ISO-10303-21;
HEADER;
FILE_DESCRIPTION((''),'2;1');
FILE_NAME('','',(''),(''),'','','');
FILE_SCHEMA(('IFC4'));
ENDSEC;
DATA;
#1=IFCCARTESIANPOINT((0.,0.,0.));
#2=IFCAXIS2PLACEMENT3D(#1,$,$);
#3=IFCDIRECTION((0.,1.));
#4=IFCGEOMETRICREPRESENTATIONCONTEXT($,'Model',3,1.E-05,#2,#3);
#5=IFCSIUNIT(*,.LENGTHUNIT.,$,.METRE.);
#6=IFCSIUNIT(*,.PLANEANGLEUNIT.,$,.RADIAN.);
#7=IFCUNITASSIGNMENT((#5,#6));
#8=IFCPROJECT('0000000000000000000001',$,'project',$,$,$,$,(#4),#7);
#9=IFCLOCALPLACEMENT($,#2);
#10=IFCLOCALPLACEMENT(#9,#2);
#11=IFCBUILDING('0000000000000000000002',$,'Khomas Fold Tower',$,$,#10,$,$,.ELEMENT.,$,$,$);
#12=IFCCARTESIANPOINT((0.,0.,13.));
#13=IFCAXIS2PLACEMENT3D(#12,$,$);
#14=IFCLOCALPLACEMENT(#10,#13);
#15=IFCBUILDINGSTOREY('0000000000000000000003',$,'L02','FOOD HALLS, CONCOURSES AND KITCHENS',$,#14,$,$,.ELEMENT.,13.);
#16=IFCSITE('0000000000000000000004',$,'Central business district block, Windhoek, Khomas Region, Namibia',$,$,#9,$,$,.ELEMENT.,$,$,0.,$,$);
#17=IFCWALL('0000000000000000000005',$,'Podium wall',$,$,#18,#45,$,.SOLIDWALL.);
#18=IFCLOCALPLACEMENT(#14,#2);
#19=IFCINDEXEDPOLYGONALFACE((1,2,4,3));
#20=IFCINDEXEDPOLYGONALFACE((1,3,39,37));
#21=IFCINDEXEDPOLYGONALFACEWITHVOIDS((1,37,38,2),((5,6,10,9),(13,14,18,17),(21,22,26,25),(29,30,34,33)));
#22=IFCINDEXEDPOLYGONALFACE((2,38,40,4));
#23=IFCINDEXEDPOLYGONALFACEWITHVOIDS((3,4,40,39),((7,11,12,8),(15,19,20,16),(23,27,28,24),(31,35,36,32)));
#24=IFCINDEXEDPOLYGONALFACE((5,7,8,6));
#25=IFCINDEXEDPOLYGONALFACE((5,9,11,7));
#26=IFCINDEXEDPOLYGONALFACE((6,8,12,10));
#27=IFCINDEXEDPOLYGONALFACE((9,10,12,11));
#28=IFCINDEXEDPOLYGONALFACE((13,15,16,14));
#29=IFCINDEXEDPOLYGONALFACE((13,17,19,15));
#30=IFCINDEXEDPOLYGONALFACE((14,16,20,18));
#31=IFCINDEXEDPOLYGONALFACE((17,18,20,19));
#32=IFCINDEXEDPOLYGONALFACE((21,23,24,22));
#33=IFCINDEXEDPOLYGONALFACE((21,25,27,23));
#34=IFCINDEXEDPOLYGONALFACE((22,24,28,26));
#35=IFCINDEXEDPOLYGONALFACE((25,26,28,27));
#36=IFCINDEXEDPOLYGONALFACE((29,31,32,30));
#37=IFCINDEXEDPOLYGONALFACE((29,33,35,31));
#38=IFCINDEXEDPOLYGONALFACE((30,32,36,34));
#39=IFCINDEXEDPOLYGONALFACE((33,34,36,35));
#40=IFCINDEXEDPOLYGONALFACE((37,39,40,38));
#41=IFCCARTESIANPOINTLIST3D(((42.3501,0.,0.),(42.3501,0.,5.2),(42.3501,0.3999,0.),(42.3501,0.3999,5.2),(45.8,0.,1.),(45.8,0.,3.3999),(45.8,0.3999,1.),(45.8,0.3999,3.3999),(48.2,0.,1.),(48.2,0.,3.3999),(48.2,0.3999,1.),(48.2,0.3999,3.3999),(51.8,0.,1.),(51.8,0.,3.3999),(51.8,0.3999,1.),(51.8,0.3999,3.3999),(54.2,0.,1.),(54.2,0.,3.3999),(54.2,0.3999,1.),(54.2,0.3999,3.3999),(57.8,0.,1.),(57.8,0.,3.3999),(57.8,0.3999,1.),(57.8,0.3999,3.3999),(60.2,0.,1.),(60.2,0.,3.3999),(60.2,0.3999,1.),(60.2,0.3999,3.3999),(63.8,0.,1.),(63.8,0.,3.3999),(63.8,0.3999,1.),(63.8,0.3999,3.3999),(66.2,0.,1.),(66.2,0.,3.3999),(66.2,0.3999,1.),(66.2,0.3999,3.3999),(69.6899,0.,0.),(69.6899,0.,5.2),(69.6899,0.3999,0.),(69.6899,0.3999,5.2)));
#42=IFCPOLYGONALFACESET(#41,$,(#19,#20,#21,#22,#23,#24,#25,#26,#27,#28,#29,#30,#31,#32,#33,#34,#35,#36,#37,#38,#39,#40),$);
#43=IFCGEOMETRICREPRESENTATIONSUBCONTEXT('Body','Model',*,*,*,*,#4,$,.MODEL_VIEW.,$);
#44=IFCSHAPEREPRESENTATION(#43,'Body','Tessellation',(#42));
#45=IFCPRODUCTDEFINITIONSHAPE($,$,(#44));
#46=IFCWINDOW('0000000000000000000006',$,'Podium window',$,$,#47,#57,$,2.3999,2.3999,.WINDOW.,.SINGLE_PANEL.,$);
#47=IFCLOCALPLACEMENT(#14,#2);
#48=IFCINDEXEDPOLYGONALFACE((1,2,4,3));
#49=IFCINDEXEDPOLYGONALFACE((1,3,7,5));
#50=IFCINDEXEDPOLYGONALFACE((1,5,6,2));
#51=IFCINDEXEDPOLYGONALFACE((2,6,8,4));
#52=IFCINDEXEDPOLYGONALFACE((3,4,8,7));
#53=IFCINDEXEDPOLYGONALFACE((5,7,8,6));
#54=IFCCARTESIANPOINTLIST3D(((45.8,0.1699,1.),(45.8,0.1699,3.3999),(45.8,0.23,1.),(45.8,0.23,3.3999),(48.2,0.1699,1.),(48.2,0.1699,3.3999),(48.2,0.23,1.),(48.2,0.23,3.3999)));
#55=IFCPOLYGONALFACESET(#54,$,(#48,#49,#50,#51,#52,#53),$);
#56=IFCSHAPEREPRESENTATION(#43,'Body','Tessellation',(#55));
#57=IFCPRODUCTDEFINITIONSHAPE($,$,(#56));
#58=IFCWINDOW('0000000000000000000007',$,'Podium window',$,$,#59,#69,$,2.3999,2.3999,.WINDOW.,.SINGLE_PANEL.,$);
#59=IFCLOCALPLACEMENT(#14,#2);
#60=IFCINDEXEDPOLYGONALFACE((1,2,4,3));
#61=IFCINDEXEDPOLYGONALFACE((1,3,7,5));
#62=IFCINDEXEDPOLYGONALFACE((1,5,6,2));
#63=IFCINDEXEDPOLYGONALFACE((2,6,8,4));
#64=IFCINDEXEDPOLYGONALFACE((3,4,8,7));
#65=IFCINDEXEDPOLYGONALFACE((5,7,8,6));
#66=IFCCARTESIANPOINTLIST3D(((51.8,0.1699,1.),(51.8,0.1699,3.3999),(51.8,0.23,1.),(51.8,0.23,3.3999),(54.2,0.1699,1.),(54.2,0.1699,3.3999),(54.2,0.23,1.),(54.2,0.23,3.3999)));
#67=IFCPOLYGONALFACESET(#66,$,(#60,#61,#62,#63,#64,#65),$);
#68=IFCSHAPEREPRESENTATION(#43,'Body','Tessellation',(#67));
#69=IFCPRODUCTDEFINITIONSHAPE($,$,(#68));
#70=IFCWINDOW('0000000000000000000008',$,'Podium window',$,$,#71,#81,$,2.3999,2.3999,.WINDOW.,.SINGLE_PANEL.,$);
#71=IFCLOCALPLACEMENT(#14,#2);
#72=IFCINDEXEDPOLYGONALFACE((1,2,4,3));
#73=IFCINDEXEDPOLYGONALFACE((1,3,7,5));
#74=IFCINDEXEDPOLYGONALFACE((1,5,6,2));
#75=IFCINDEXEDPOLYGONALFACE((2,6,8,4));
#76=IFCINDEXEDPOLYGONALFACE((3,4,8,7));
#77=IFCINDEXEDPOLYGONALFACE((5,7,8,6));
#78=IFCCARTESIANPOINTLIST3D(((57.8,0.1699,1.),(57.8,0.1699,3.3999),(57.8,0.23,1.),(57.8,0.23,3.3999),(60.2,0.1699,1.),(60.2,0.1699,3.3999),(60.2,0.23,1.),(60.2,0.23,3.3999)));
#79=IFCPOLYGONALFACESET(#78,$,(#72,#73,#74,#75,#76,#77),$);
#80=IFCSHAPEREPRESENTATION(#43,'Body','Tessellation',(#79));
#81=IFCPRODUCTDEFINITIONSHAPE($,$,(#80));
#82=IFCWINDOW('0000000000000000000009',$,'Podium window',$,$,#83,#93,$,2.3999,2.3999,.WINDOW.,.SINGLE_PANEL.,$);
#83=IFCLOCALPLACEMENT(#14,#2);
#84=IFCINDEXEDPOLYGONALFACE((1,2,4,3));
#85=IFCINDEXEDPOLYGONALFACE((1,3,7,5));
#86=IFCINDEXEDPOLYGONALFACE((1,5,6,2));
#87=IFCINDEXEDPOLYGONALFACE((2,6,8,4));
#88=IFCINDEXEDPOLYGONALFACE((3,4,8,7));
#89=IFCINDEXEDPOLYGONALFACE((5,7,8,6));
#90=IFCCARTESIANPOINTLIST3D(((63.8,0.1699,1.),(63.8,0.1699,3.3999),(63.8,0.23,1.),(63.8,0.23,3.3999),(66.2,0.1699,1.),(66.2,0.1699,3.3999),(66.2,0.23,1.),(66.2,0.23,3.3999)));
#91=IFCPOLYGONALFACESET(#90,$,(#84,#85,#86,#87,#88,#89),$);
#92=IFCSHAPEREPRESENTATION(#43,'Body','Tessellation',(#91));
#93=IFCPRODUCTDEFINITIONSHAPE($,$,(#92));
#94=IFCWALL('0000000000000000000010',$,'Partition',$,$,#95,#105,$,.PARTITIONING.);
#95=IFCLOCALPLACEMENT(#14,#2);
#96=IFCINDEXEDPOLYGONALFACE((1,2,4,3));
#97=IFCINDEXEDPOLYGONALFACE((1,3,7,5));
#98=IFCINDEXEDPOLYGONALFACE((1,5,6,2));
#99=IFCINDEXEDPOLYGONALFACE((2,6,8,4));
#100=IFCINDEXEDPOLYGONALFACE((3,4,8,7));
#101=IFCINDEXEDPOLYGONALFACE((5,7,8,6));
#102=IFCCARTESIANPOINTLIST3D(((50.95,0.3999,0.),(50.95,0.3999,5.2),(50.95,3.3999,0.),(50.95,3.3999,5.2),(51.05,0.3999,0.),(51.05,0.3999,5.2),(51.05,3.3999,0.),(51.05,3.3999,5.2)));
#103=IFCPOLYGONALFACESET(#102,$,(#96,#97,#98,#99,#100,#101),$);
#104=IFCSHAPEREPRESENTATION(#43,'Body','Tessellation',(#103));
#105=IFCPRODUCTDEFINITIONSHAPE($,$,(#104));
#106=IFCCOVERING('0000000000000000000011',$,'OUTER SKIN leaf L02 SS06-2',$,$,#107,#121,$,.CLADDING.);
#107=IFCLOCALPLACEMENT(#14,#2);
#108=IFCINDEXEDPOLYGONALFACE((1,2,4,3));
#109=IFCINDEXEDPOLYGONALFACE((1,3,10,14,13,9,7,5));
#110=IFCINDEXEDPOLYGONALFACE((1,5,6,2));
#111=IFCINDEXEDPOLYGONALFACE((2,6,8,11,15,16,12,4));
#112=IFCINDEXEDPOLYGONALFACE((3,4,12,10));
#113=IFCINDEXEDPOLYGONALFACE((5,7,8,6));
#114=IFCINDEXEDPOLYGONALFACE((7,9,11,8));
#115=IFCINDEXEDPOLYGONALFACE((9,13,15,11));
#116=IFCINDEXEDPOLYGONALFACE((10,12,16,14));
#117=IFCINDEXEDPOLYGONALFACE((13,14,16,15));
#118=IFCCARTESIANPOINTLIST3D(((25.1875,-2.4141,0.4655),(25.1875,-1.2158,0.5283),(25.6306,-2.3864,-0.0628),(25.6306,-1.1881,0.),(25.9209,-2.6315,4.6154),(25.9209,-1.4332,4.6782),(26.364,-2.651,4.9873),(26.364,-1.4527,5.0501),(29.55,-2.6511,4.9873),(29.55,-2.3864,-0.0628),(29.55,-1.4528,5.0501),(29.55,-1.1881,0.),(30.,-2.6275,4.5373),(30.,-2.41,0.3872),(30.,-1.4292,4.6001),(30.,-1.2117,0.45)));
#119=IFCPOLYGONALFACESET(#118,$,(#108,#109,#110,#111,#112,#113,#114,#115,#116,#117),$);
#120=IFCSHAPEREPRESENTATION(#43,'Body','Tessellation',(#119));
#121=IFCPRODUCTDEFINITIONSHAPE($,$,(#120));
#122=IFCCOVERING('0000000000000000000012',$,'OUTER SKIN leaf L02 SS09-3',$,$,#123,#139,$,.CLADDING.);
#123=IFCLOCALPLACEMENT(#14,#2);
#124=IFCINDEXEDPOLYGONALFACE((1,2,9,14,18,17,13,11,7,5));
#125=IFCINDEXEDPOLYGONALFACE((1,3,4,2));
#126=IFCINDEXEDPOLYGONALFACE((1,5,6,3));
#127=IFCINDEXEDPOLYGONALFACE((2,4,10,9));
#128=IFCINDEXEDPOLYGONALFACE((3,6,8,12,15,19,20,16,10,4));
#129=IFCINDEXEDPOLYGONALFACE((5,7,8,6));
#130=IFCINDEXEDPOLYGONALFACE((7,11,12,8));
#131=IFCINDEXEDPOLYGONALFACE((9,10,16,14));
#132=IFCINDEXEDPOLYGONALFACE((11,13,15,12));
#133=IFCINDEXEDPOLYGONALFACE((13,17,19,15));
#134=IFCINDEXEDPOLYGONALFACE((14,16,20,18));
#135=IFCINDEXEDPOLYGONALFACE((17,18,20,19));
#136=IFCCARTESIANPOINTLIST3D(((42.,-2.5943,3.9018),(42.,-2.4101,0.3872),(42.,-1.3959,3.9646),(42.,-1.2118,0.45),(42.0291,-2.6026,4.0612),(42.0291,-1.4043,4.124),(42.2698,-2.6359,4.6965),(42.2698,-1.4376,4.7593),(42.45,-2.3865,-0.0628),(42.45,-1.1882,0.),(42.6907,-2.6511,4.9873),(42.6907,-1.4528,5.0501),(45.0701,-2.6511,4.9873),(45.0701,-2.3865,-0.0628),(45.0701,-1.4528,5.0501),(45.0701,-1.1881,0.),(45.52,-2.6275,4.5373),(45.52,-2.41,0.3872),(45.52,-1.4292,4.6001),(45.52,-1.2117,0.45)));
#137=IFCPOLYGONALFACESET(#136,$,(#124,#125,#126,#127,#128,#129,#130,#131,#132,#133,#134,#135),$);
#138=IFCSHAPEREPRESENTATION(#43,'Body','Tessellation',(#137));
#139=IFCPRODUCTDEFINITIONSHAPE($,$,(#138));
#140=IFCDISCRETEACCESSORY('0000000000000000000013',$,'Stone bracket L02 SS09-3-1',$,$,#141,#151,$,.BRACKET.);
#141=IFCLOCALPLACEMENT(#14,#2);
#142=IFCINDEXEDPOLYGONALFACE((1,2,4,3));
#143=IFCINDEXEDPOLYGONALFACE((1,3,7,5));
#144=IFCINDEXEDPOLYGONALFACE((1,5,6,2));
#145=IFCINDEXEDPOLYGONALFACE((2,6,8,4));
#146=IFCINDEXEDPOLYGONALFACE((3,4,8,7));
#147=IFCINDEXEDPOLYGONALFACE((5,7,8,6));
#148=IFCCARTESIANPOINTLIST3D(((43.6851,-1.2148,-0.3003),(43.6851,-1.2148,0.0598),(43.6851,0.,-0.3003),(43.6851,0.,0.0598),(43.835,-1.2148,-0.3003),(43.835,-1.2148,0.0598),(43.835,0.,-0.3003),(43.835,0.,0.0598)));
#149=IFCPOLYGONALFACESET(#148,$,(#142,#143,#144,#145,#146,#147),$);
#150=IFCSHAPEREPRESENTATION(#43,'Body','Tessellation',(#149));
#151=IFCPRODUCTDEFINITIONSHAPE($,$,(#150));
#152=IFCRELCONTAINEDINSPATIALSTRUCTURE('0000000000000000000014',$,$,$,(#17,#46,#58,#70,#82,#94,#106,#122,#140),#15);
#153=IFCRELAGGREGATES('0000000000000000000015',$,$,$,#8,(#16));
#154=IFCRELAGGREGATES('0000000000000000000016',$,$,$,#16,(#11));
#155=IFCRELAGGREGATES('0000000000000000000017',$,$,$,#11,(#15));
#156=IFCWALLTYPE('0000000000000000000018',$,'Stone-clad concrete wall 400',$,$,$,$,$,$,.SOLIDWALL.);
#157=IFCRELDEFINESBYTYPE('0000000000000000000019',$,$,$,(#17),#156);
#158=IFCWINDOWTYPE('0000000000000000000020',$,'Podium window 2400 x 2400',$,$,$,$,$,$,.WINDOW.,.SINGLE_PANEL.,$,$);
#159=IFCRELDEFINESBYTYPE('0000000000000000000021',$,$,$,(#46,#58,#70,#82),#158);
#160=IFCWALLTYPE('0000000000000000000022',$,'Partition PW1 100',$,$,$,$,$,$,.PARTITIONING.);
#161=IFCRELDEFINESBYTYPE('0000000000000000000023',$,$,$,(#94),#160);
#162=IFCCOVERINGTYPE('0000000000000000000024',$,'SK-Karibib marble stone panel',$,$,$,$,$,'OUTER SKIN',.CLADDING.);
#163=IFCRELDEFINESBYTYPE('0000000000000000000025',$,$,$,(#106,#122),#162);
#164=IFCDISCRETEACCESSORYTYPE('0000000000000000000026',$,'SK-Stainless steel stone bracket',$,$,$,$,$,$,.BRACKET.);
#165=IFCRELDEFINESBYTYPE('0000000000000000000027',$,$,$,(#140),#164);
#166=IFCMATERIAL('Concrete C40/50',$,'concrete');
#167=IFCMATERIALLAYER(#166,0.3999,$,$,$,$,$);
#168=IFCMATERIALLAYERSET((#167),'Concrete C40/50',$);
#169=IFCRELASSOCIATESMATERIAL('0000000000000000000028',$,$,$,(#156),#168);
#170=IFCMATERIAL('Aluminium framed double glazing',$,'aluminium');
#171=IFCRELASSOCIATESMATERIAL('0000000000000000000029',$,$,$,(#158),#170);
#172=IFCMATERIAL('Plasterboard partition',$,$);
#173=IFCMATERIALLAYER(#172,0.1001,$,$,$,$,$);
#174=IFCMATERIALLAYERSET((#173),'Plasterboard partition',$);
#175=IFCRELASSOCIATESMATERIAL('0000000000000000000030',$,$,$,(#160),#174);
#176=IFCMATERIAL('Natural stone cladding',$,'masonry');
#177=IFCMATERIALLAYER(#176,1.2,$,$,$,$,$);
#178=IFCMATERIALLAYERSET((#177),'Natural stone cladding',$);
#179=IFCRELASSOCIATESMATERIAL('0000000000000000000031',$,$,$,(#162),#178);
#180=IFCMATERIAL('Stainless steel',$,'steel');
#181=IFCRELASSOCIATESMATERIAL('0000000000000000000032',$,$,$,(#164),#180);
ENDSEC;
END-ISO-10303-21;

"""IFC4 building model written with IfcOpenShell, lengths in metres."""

from ifc_helpers import new_model, si_unit, direction, frame, frame_2d, origin, origin_2d, place, context, subcontext, project, spatial, polyline, rectangle, outline, extrude, source, transform, mapped, material, layer, layer_set, type_object, element, fill, save


model = new_model("IFC4")

# Units and contexts
model_context = context("Model", 3, precision=1e-05, world=origin(), true_north=direction((0.0, 1.0)))
body_context = subcontext(model_context, "Body", "Model", "MODEL_VIEW")
ifc_project = project(units=[si_unit("LENGTHUNIT", "METRE"), si_unit("PLANEANGLEUNIT", "RADIAN")], contexts=[model_context])

# Site, building, storey
site_placement = place(None, origin())
site = spatial("IfcSite", under=ifc_project, at=site_placement, Name="Central business district block, Windhoek, Khomas Region, Namibia", CompositionType="ELEMENT", RefElevation=0.0)
building_placement = place(site_placement, origin())
building = spatial("IfcBuilding", under=site, at=building_placement, Name="Khomas Fold Tower", CompositionType="ELEMENT")
storey_placement = place(building_placement, frame((0.0, 0.0, 13.0)))
storey = spatial("IfcBuildingStorey", under=building, at=storey_placement, Name="L02", Description="FOOD HALLS, CONCOURSES AND KITCHENS", CompositionType="ELEMENT", Elevation=13.0)

# Wall, openings, windows
ifc_material_1 = material(Name="Concrete C40/50", Category="concrete")
ifc_layer_1 = layer(ifc_material_1, 0.3999)
ifc_layer_set_1 = layer_set([ifc_layer_1], Name="Concrete C40/50")
wall_type_1 = type_object("IfcWallType", Name="Stone-clad concrete wall 400", PredefinedType="SOLIDWALL", material=ifc_layer_set_1)
shared_shape_1 = source(origin(), body_context, "Body", "SweptSolid", [
    extrude(rectangle(XDim=2.3999, YDim=2.3999, at=frame_2d((1.2, 1.2))), frame((0.0, 0.21, 0.0), z_axis=(0.0, -1.0, 0.0), x_axis=(1.0, 0.0, 0.0)), (0.0, 0.0, 1.0), 0.4199),
])
ifc_material_2 = material(Name="Aluminium framed double glazing", Category="aluminium")
window_type = type_object("IfcWindowType", Name="Podium window 2400 x 2400", PartitioningType="SINGLE_PANEL", PredefinedType="WINDOW", material=ifc_material_2)
shared_shape_2 = source(origin(), body_context, "Body", "SweptSolid", [
    extrude(rectangle(XDim=2.3999, YDim=2.3999, at=frame_2d((1.2, 1.2))), frame((0.0, 0.03, 0.0), z_axis=(0.0, -1.0, 0.0), x_axis=(1.0, 0.0, 0.0)), (0.0, 0.0, 1.0), 0.0601),
])
shared_shape_3 = source(origin(), body_context, "Body", "SweptSolid", [
    extrude(rectangle(XDim=27.3398, YDim=0.3999, at=frame_2d((13.6699, 0.0))), origin(), (0.0, 0.0, 1.0), 5.2),
])
wall_1_placement = place(storey_placement, frame((42.3501, 0.2, 0.0), z_axis=(0.0, 0.0, 1.0), x_axis=(1.0, 0.0, 0.0)))
wall_1 = element("IfcWall", 1, at=wall_1_placement, inside=storey, type_object=wall_type_1, Name="Podium wall", PredefinedType="SOLIDWALL", context=body_context, shape_type="MappedRepresentation", body=[
    mapped(shared_shape_3, transform((0.0, 0.0, 0.0))),
])
opening_1_placement = place(wall_1_placement, frame((3.45, 0.0, 1.0)))
opening_1 = element("IfcOpeningElement", 2, at=opening_1_placement, cuts=wall_1, PredefinedType="OPENING", context=body_context, shape_type="MappedRepresentation", body=[
    mapped(shared_shape_1, transform((0.0, 0.0, 0.0))),
])
opening_2_placement = place(wall_1_placement, frame((9.45, 0.0, 1.0)))
opening_2 = element("IfcOpeningElement", 3, at=opening_2_placement, cuts=wall_1, PredefinedType="OPENING", context=body_context, shape_type="MappedRepresentation", body=[
    mapped(shared_shape_1, transform((0.0, 0.0, 0.0))),
])
opening_3_placement = place(wall_1_placement, frame((15.45, 0.0, 1.0)))
opening_3 = element("IfcOpeningElement", 4, at=opening_3_placement, cuts=wall_1, PredefinedType="OPENING", context=body_context, shape_type="MappedRepresentation", body=[
    mapped(shared_shape_1, transform((0.0, 0.0, 0.0))),
])
opening_4_placement = place(wall_1_placement, frame((21.45, 0.0, 1.0)))
opening_4 = element("IfcOpeningElement", 5, at=opening_4_placement, cuts=wall_1, PredefinedType="OPENING", context=body_context, shape_type="MappedRepresentation", body=[
    mapped(shared_shape_1, transform((0.0, 0.0, 0.0))),
])
window_1_placement = place(opening_1_placement, origin())
window_1 = element("IfcWindow", 6, at=window_1_placement, inside=storey, type_object=window_type, Name="Podium window", OverallHeight=2.3999, OverallWidth=2.3999, PartitioningType="SINGLE_PANEL", PredefinedType="WINDOW", context=body_context, shape_type="MappedRepresentation", body=[
    mapped(shared_shape_2, transform((0.0, 0.0, 0.0))),
])
fill(opening_1, window_1)
window_2_placement = place(opening_2_placement, origin())
window_2 = element("IfcWindow", 7, at=window_2_placement, inside=storey, type_object=window_type, Name="Podium window", OverallHeight=2.3999, OverallWidth=2.3999, PartitioningType="SINGLE_PANEL", PredefinedType="WINDOW", context=body_context, shape_type="MappedRepresentation", body=[
    mapped(shared_shape_2, transform((0.0, 0.0, 0.0))),
])
fill(opening_2, window_2)
window_3_placement = place(opening_3_placement, origin())
window_3 = element("IfcWindow", 8, at=window_3_placement, inside=storey, type_object=window_type, Name="Podium window", OverallHeight=2.3999, OverallWidth=2.3999, PartitioningType="SINGLE_PANEL", PredefinedType="WINDOW", context=body_context, shape_type="MappedRepresentation", body=[
    mapped(shared_shape_2, transform((0.0, 0.0, 0.0))),
])
fill(opening_3, window_3)
window_4_placement = place(opening_4_placement, origin())
window_4 = element("IfcWindow", 9, at=window_4_placement, inside=storey, type_object=window_type, Name="Podium window", OverallHeight=2.3999, OverallWidth=2.3999, PartitioningType="SINGLE_PANEL", PredefinedType="WINDOW", context=body_context, shape_type="MappedRepresentation", body=[
    mapped(shared_shape_2, transform((0.0, 0.0, 0.0))),
])
fill(opening_4, window_4)

# Wall
ifc_material_3 = material(Name="Plasterboard partition")
ifc_layer_2 = layer(ifc_material_3, 0.1001)
ifc_layer_set_2 = layer_set([ifc_layer_2], Name="Plasterboard partition")
wall_type_2 = type_object("IfcWallType", Name="Partition PW1 100", PredefinedType="PARTITIONING", material=ifc_layer_set_2)
shared_shape_4 = source(origin(), body_context, "Body", "SweptSolid", [
    extrude(rectangle(XDim=3.0, YDim=0.1001, at=frame_2d((1.5, 0.0))), origin(), (0.0, 0.0, 1.0), 5.2),
])
wall_2_placement = place(storey_placement, frame((51.0, 0.3999, 0.0), z_axis=(0.0, 0.0, 1.0), x_axis=(0.0, 1.0, 0.0)))
element("IfcWall", 10, at=wall_2_placement, inside=storey, type_object=wall_type_2, Name="Partition", PredefinedType="PARTITIONING", context=body_context, shape_type="MappedRepresentation", body=[
    mapped(shared_shape_4, transform((0.0, 0.0, 0.0))),
])

# Coverings
ifc_material_4 = material(Name="Natural stone cladding", Category="masonry")
ifc_layer_3 = layer(ifc_material_4, 1.2)
ifc_layer_set_3 = layer_set([ifc_layer_3], Name="Natural stone cladding")
covering_type = type_object("IfcCoveringType", Name="SK-Karibib marble stone panel", ElementType="OUTER SKIN", PredefinedType="CLADDING", material=ifc_layer_set_3)
covering_1_placement = place(storey_placement, frame((30.0, -1.4292, 4.6001), z_axis=(0.000015, 0.99863, 0.052329), x_axis=(0.0, 0.052329, -0.99863)))
element("IfcCovering", 11, at=covering_1_placement, inside=storey, type_object=covering_type, Name="OUTER SKIN leaf L02 SS06-2", PredefinedType="CLADDING", context=body_context, shape_type="SweptSolid", body=[
    extrude(outline(polyline([(0.0, 0.0), (4.1558, 0.0), (4.6064, 0.45), (4.6064, 4.3694), (4.0774, 4.8125), (-0.0782, 4.0791), (-0.4506, 3.636), (-0.4506, 0.45), (0.0, 0.0)])), origin(), (0.0, 0.0, -1.0), 1.2),
])
covering_2_placement = place(storey_placement, frame((45.52, -1.4292, 4.6001), z_axis=(-0.000013, 0.99863, 0.052331), x_axis=(0.0, 0.052331, -0.99863)))
element("IfcCovering", 12, at=covering_2_placement, inside=storey, type_object=covering_type, Name="OUTER SKIN leaf L02 SS09-3", PredefinedType="CLADDING", context=body_context, shape_type="SweptSolid", body=[
    extrude(outline(polyline([(0.0, 0.0), (4.1558, 0.0), (4.6064, 0.45), (4.6064, 3.0701), (4.1558, 3.52), (0.6364, 3.52), (0.4767, 3.491), (-0.1594, 3.2502), (-0.4506, 2.8293), (-0.4506, 0.45), (0.0, 0.0)])), origin(), (0.0, 0.0, -1.0), 1.2),
])

# Discrete accessory
ifc_material_5 = material(Name="Stainless steel", Category="steel")
discrete_accessory_type = type_object("IfcDiscreteAccessoryType", Name="SK-Stainless steel stone bracket", PredefinedType="BRACKET", material=ifc_material_5)
shared_shape_5 = source(origin(), body_context, "Body", "SweptSolid", [
    extrude(rectangle(XDim=1.2148, YDim=0.1499, at=origin_2d()), origin(), (0.0, 0.0, 1.0), 0.3601),
])
discrete_accessory_placement = place(storey_placement, frame((43.76, -0.6074, -0.3003), z_axis=(0.0, 0.0, 1.0), x_axis=(0.0, -1.0, 0.0)))
element("IfcDiscreteAccessory", 13, at=discrete_accessory_placement, inside=storey, type_object=discrete_accessory_type, Name="Stone bracket L02 SS09-3-1", PredefinedType="BRACKET", context=body_context, shape_type="MappedRepresentation", body=[
    mapped(shared_shape_5, transform((0.0, 0.0, 0.0))),
])

save(model, "model.ifc")
